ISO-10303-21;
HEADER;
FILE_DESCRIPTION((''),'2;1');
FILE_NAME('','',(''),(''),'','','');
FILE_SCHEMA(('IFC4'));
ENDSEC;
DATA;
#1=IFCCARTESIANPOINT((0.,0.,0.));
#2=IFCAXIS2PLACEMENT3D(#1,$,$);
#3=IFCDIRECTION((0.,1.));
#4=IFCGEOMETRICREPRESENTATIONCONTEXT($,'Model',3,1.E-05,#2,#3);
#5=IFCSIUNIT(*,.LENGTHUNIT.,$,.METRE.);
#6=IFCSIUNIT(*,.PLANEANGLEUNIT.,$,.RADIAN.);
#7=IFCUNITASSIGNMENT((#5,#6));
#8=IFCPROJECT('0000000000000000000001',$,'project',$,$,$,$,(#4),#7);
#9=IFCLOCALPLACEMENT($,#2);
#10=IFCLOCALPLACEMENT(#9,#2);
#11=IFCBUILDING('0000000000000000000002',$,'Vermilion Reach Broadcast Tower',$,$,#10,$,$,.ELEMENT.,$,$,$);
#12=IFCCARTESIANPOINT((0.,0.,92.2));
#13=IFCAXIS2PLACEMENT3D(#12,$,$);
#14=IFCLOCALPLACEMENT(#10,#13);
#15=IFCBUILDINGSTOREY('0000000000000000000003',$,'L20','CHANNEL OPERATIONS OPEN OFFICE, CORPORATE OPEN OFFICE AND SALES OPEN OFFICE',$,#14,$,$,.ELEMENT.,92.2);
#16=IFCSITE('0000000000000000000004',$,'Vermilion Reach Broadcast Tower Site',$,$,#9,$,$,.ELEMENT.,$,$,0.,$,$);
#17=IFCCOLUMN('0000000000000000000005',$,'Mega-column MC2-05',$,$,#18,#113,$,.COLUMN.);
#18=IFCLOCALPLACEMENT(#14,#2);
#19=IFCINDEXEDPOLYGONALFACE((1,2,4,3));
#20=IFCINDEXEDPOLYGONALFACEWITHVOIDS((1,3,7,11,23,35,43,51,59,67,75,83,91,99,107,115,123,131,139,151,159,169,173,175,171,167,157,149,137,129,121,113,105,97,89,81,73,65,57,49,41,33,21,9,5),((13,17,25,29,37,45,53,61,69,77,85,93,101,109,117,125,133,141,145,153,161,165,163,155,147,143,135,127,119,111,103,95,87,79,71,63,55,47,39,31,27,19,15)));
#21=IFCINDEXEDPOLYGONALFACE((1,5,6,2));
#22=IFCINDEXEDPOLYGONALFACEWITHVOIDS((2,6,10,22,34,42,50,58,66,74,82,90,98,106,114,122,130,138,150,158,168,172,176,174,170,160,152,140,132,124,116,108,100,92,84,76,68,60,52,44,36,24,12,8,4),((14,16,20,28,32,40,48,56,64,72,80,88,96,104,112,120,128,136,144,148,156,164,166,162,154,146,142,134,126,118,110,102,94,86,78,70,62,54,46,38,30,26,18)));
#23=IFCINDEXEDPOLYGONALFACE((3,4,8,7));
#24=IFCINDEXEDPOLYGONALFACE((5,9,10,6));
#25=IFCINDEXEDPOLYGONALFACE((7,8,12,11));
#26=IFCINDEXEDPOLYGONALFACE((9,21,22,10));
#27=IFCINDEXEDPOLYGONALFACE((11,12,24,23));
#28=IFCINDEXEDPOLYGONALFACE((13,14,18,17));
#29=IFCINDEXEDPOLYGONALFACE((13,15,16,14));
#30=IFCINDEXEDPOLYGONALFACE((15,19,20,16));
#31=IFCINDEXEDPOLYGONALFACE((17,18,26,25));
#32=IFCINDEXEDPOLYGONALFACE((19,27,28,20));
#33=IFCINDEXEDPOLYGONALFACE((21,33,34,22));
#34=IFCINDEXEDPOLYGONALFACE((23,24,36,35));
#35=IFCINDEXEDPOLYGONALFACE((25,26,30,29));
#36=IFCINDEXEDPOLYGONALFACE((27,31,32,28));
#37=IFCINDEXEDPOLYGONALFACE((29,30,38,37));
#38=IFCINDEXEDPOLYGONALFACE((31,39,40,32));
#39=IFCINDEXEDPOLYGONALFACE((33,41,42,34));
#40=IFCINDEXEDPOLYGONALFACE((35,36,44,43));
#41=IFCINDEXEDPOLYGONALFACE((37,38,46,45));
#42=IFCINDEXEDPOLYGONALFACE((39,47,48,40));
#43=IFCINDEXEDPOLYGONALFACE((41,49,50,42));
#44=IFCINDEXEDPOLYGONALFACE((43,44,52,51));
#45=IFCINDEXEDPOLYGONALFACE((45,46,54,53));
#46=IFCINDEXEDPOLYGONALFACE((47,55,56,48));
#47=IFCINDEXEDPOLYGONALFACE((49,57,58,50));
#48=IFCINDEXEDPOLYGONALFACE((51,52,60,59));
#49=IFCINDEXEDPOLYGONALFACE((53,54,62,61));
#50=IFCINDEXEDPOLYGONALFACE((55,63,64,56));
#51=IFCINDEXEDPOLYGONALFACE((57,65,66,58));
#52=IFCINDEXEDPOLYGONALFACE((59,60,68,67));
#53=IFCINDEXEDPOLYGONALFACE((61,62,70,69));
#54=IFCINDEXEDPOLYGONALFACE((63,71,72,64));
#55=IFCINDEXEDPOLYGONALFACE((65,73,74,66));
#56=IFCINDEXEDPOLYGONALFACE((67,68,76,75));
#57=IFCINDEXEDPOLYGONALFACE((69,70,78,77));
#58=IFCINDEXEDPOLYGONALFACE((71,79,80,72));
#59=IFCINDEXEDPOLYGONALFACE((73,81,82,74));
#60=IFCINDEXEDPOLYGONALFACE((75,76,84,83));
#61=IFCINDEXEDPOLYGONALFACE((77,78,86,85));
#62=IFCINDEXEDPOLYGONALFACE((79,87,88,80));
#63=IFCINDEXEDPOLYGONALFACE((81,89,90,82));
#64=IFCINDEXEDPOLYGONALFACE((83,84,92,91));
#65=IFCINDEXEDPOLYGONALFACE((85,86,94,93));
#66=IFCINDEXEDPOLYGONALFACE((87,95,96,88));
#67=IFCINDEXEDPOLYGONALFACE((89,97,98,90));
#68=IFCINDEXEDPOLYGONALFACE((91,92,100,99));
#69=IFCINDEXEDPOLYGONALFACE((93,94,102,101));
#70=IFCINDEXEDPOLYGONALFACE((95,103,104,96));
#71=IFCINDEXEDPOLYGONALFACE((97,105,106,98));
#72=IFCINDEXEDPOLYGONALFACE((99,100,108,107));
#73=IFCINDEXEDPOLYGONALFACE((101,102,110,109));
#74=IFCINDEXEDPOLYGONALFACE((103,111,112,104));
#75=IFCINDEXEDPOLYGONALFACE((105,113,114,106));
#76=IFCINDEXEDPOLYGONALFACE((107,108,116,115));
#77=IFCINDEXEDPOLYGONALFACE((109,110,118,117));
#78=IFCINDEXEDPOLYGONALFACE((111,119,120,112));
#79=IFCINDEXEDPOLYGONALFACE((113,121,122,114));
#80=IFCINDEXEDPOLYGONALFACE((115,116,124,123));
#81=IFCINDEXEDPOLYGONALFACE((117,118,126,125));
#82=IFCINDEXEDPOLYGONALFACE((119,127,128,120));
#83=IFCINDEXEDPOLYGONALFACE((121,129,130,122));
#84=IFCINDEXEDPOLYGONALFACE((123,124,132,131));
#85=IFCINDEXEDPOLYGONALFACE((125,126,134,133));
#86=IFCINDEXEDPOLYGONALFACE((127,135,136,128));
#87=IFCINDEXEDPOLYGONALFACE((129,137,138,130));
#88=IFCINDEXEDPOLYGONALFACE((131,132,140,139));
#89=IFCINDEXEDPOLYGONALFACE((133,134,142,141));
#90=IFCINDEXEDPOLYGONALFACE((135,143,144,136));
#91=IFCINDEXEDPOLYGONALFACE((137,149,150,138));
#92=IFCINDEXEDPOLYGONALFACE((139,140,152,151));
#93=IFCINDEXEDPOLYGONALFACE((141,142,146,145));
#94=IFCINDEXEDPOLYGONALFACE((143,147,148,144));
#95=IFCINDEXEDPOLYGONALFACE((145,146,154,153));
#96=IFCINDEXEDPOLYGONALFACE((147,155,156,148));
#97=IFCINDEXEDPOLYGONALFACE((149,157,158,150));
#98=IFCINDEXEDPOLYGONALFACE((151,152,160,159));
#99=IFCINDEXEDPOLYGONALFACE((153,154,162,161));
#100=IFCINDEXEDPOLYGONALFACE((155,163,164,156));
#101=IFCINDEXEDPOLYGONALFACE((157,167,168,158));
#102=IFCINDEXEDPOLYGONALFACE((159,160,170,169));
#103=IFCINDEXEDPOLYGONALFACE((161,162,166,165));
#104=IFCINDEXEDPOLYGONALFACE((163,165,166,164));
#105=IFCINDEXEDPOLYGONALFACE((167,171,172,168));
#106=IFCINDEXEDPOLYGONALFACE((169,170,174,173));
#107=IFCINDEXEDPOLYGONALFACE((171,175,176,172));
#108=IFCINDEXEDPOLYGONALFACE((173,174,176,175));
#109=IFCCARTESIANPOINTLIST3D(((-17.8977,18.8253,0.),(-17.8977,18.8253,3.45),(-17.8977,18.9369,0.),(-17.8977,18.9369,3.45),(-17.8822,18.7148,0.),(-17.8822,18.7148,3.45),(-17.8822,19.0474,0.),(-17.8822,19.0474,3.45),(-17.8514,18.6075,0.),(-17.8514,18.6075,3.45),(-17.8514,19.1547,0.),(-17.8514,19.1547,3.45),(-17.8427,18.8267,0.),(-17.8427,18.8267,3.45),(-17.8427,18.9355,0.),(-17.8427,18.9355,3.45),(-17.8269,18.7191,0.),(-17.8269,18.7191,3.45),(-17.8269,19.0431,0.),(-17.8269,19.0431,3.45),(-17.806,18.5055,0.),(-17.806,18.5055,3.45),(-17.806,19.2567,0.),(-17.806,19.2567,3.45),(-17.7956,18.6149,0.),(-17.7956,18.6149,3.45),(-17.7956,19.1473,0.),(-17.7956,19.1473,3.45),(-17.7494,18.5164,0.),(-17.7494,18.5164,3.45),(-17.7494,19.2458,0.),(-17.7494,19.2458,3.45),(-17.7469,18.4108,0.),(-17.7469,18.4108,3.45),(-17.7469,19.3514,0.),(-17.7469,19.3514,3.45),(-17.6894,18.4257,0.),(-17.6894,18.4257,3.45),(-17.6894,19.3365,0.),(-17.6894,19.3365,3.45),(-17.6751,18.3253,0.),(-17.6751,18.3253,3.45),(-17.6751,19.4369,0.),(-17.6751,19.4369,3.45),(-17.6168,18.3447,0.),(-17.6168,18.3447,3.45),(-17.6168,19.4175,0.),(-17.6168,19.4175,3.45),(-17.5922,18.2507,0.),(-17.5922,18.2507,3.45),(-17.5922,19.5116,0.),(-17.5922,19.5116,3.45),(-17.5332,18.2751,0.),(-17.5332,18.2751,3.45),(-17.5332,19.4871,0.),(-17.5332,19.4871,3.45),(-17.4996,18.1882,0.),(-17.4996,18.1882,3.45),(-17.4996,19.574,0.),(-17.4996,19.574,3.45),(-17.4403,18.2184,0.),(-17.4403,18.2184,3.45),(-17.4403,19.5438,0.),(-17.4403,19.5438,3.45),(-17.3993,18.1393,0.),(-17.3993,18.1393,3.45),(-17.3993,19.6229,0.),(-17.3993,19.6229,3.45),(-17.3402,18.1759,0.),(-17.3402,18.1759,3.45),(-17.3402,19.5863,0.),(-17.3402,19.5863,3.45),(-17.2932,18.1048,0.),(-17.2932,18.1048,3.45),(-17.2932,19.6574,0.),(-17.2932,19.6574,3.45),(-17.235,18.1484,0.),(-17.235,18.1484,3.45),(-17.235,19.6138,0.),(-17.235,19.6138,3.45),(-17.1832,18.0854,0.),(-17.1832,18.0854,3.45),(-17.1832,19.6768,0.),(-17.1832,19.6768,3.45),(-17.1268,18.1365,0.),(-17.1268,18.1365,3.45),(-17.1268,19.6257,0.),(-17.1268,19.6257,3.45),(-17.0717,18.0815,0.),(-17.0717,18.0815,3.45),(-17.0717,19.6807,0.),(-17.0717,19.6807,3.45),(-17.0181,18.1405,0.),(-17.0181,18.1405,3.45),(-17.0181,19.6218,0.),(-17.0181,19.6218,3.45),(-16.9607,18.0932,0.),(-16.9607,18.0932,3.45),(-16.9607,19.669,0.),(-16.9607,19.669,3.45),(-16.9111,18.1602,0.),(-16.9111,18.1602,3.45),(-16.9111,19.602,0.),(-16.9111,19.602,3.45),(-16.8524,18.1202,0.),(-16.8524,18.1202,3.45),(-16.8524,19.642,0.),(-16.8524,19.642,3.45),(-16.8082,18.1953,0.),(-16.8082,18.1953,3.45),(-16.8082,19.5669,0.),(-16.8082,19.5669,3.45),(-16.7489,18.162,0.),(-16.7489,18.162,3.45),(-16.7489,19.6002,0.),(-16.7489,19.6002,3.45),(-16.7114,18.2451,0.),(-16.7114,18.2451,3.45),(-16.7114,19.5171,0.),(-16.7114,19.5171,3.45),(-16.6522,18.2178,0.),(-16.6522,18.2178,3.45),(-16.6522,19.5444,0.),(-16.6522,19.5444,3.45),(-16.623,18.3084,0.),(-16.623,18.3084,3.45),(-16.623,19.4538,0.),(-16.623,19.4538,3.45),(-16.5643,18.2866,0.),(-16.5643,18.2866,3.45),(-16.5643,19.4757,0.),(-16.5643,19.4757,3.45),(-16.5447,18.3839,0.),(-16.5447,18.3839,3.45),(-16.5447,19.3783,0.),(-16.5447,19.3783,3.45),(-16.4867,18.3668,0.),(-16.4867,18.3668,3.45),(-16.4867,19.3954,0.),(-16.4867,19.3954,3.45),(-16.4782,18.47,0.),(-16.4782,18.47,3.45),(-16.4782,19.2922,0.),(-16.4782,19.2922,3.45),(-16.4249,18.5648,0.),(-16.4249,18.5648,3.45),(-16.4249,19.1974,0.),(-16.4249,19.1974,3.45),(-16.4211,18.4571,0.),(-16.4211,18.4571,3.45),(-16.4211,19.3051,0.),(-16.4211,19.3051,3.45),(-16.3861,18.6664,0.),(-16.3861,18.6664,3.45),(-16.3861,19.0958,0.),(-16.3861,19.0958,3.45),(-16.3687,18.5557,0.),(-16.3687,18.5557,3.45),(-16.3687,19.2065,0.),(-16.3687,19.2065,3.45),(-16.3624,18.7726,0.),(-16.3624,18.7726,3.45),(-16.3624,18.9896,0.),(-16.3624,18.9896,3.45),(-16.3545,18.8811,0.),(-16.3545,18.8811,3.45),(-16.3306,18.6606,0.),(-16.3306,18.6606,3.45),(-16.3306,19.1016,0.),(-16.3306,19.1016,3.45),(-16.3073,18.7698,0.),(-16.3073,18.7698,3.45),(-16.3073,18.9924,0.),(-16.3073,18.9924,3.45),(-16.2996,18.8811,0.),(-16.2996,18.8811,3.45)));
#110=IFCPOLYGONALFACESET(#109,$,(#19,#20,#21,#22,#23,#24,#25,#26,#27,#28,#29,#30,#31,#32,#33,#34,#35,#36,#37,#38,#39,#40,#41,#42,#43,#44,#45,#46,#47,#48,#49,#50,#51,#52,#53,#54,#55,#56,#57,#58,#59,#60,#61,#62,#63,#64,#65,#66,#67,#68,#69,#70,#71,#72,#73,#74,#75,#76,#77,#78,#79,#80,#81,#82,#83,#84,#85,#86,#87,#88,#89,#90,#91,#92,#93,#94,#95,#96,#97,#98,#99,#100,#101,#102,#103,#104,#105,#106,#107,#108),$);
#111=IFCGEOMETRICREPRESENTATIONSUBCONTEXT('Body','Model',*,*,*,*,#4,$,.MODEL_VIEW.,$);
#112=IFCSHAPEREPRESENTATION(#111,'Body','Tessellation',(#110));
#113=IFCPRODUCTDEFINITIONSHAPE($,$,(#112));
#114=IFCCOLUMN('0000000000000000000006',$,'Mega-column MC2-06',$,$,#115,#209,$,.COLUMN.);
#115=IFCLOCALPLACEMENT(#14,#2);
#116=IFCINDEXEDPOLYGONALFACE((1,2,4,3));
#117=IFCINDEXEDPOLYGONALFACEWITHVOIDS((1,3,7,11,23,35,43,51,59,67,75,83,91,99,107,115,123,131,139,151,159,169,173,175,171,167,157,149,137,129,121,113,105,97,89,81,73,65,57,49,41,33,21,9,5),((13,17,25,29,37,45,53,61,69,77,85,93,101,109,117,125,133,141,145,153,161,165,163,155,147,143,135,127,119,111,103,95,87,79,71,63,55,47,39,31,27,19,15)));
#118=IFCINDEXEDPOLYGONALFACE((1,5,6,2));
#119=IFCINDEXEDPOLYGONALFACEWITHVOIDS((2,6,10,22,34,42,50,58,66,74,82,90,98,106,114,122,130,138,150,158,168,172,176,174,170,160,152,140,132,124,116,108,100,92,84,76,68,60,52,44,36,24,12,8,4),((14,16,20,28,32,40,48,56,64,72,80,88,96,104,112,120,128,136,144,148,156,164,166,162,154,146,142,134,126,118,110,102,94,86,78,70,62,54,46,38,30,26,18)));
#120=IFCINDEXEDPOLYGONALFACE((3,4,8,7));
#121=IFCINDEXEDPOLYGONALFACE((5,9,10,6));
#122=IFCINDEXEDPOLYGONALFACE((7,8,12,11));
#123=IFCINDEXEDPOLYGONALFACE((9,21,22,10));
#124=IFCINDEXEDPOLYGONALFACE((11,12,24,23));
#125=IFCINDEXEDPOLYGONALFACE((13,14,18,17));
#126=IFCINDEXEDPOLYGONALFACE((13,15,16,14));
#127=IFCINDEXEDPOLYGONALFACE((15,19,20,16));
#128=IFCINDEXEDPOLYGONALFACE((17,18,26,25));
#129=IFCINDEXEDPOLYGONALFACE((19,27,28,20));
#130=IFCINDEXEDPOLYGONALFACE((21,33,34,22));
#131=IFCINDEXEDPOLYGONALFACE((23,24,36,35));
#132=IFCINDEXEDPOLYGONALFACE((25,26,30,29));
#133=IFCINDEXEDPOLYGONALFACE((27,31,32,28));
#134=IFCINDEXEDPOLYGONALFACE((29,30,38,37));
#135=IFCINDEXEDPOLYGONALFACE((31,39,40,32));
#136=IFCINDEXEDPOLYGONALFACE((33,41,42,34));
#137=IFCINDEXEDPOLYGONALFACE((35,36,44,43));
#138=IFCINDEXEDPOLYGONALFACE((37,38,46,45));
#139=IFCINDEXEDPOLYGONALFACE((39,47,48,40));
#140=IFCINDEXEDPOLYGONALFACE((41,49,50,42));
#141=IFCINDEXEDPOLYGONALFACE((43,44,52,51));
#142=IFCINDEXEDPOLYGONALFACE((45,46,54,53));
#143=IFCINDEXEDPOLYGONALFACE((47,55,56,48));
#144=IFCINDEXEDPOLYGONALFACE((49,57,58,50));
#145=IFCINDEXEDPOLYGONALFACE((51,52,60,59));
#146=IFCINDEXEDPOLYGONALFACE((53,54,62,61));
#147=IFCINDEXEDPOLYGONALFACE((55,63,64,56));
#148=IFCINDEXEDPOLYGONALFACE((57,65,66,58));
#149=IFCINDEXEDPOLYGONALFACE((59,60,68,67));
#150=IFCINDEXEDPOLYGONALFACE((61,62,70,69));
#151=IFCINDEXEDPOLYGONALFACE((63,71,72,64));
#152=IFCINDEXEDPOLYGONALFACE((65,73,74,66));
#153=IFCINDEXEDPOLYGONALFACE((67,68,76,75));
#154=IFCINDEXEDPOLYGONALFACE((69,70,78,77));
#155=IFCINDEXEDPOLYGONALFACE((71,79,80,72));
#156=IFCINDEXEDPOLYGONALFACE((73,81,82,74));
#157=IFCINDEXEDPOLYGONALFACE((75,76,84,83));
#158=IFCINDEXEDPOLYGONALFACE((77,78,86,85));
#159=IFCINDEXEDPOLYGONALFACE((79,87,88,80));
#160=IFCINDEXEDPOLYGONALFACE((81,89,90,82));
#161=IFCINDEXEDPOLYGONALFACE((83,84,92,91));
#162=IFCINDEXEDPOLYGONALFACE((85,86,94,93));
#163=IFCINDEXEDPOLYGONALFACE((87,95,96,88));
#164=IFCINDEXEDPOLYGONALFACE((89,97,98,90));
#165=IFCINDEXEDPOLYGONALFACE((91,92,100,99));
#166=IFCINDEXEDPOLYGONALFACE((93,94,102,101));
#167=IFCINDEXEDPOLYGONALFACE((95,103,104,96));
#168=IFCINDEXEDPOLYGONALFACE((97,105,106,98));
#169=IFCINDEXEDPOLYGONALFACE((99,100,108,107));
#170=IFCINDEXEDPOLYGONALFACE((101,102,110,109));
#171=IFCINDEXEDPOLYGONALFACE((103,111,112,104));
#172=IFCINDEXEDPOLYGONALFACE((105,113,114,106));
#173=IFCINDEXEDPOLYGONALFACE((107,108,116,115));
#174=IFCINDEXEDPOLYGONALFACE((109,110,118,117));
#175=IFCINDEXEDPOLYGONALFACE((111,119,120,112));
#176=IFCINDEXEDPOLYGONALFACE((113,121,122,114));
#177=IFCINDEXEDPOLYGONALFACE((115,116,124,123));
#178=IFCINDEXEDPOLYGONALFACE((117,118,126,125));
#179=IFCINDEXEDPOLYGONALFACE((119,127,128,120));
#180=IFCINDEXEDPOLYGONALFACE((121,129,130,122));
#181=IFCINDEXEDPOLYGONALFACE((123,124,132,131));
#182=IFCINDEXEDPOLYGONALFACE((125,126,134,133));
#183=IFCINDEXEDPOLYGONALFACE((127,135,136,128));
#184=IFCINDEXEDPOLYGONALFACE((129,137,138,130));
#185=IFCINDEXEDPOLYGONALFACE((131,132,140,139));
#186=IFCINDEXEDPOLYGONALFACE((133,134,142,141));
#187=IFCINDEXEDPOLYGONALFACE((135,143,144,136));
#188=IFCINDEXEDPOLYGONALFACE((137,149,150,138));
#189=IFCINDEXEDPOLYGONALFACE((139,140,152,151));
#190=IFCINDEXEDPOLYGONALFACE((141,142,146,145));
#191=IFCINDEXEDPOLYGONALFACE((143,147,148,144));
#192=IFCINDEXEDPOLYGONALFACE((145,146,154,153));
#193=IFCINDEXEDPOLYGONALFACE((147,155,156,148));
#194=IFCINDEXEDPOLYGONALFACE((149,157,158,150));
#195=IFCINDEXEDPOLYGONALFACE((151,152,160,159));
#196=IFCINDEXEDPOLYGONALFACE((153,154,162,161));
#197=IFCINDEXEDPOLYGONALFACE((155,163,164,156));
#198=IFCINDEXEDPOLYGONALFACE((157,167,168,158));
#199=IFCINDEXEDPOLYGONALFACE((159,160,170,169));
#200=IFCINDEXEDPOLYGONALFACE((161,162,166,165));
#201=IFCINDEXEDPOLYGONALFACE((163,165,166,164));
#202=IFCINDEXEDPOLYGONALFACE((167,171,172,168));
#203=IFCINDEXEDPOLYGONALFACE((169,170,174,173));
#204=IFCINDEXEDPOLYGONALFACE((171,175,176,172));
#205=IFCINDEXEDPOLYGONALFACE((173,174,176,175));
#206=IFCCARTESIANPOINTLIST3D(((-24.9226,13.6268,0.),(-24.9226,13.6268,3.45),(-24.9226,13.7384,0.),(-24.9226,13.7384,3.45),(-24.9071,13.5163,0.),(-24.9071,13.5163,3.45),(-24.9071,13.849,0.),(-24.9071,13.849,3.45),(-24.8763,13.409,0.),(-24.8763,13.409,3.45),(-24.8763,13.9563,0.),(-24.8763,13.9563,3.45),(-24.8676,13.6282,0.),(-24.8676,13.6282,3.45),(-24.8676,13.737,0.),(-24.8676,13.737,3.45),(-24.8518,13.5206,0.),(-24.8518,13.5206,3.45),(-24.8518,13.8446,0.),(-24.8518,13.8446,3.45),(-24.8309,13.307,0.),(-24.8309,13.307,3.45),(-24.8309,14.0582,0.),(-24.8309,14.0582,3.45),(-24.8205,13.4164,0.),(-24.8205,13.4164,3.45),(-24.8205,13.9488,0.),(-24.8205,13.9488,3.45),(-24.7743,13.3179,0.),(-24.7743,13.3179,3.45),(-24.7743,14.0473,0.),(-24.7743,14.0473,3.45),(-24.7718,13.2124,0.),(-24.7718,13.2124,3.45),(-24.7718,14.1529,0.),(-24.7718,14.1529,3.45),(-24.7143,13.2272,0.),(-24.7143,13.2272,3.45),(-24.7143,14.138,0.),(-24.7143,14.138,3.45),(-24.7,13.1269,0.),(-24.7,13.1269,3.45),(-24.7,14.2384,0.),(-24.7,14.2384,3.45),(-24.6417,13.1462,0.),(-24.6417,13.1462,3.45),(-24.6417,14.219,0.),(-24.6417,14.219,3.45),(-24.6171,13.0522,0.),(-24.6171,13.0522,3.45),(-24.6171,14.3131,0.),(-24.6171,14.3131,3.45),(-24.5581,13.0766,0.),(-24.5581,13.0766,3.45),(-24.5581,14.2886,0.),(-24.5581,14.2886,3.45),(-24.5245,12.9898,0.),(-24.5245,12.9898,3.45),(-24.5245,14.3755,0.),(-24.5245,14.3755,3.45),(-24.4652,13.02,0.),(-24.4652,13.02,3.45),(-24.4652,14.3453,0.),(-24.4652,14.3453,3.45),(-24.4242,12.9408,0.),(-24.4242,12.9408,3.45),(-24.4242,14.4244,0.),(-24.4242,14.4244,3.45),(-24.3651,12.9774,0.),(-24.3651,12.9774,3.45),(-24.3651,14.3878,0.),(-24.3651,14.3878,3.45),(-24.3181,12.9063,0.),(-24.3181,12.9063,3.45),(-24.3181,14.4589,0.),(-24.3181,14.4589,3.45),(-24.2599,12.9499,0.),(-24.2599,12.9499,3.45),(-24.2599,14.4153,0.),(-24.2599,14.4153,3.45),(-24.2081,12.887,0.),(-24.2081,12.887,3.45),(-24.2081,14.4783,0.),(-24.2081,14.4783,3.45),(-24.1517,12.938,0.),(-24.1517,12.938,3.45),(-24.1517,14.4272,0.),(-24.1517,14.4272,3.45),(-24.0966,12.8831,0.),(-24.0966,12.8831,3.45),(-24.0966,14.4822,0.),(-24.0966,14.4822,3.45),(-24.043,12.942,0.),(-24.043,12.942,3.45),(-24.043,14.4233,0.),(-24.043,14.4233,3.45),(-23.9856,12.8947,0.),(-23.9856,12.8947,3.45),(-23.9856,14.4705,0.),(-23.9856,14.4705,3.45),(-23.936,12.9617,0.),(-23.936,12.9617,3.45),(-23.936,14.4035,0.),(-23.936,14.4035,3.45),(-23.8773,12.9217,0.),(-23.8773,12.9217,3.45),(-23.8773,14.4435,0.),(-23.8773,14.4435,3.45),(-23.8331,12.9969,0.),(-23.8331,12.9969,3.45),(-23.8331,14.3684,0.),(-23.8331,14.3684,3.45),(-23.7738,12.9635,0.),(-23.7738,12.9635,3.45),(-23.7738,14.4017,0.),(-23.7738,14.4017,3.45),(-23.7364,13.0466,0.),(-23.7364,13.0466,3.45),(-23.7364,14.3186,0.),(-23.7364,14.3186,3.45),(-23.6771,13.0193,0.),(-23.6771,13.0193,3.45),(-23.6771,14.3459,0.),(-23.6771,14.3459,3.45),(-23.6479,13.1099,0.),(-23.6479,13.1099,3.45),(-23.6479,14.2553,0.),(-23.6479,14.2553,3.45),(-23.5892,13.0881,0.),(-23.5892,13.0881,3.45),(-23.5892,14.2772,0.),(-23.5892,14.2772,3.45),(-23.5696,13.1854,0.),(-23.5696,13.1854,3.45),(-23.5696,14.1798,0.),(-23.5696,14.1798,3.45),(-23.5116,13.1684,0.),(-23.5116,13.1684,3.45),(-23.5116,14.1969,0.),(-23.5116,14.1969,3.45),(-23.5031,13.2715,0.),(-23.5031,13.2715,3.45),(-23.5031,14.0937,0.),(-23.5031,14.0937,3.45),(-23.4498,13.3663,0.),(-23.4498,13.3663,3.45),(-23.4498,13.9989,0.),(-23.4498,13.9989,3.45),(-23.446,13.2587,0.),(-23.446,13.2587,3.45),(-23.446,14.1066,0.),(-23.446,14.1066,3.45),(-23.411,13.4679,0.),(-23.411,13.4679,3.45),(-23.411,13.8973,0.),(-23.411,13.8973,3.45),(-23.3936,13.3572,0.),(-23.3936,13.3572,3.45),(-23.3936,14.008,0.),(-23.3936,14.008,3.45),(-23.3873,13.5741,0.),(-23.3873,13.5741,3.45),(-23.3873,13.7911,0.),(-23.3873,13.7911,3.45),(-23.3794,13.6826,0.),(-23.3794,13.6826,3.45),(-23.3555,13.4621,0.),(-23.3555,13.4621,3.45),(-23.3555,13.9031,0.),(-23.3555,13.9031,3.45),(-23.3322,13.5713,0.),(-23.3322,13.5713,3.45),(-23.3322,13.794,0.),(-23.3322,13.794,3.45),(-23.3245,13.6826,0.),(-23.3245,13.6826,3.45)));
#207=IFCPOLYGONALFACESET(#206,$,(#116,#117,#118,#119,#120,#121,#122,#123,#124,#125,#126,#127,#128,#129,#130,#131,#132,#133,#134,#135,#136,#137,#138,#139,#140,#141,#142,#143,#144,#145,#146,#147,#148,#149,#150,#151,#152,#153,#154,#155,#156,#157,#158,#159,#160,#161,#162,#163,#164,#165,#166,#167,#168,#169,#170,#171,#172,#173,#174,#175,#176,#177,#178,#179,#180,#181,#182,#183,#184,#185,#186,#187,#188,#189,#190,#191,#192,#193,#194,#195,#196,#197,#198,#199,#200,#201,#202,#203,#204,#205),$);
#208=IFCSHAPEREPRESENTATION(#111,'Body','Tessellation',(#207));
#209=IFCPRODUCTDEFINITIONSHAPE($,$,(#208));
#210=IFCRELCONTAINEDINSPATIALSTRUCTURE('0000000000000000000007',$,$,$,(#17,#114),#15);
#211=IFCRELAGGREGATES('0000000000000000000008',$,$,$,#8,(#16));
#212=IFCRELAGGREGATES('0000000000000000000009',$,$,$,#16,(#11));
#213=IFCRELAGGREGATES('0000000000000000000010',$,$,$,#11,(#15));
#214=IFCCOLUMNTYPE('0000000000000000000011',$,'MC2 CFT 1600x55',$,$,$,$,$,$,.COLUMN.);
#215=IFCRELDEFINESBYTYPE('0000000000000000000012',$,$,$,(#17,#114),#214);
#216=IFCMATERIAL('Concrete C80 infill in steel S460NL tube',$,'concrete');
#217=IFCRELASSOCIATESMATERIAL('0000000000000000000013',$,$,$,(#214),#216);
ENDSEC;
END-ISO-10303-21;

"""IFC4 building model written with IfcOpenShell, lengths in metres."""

from ifc_helpers import new_model, si_unit, direction, frame, origin, origin_2d, place, context, subcontext, project, spatial, hollow_circle, extrude, material, material_profile, profile_set, type_object, element, save


model = new_model("IFC4")

# Units and contexts
model_context = context("Model", 3, precision=1e-05, world=origin(), true_north=direction((0.0, 1.0)))
body_context = subcontext(model_context, "Body", "Model", "MODEL_VIEW")
ifc_project = project(units=[si_unit("LENGTHUNIT", "METRE"), si_unit("PLANEANGLEUNIT", "RADIAN")], contexts=[model_context])

# Site, building, storey
site_placement = place(None, origin())
site = spatial("IfcSite", under=ifc_project, at=site_placement, Name="Vermilion Reach Broadcast Tower Site", CompositionType="ELEMENT", RefElevation=0.0)
building_placement = place(site_placement, origin())
building = spatial("IfcBuilding", under=site, at=building_placement, Name="Vermilion Reach Broadcast Tower", CompositionType="ELEMENT")
storey_placement = place(building_placement, frame((0.0, 0.0, 92.2)))
storey = spatial("IfcBuildingStorey", under=building, at=storey_placement, Name="L20", Description="CHANNEL OPERATIONS OPEN OFFICE, CORPORATE OPEN OFFICE AND SALES OPEN OFFICE", CompositionType="ELEMENT", Elevation=92.2)

# Columns
ifc_material_1 = material(Name="Concrete C80 infill in steel S460NL tube", Category="concrete")
ifc_material_profile_1 = material_profile(ifc_material_1, hollow_circle(Radius=0.8, WallThickness=0.0549, at=origin_2d()), Name="Concrete C80 infill in steel S460NL tube CFT 1600x55")
ifc_profile_set_1 = profile_set([ifc_material_profile_1], Name="Concrete C80 infill in steel S460NL tube")
column_type = type_object("IfcColumnType", Name="MC2 CFT 1600x55", PredefinedType="COLUMN", material=ifc_profile_set_1)
for number, where, z_axis, x_axis, name in (
    (1, (-17.0996, 18.8811, 0.0), (0.0, 0.0, 1.0), (1.0, 0.0, 0.0), "Mega-column MC2-05"),
    (2, (-24.1245, 13.6826, 0.0), (0.0, 0.0, 1.0), (1.0, 0.0, 0.0), "Mega-column MC2-06"),
):
    element("IfcColumn", number, at=place(storey_placement, frame(where, z_axis=z_axis, x_axis=x_axis)), inside=storey, type_object=column_type, Name=name, PredefinedType="COLUMN", context=body_context, shape_type="SweptSolid", body=[
        extrude(hollow_circle(Radius=0.8, WallThickness=0.0549, at=origin_2d()), origin(), (0.0, 0.0, 1.0), 3.45),
    ])

save(model, "model.ifc")
